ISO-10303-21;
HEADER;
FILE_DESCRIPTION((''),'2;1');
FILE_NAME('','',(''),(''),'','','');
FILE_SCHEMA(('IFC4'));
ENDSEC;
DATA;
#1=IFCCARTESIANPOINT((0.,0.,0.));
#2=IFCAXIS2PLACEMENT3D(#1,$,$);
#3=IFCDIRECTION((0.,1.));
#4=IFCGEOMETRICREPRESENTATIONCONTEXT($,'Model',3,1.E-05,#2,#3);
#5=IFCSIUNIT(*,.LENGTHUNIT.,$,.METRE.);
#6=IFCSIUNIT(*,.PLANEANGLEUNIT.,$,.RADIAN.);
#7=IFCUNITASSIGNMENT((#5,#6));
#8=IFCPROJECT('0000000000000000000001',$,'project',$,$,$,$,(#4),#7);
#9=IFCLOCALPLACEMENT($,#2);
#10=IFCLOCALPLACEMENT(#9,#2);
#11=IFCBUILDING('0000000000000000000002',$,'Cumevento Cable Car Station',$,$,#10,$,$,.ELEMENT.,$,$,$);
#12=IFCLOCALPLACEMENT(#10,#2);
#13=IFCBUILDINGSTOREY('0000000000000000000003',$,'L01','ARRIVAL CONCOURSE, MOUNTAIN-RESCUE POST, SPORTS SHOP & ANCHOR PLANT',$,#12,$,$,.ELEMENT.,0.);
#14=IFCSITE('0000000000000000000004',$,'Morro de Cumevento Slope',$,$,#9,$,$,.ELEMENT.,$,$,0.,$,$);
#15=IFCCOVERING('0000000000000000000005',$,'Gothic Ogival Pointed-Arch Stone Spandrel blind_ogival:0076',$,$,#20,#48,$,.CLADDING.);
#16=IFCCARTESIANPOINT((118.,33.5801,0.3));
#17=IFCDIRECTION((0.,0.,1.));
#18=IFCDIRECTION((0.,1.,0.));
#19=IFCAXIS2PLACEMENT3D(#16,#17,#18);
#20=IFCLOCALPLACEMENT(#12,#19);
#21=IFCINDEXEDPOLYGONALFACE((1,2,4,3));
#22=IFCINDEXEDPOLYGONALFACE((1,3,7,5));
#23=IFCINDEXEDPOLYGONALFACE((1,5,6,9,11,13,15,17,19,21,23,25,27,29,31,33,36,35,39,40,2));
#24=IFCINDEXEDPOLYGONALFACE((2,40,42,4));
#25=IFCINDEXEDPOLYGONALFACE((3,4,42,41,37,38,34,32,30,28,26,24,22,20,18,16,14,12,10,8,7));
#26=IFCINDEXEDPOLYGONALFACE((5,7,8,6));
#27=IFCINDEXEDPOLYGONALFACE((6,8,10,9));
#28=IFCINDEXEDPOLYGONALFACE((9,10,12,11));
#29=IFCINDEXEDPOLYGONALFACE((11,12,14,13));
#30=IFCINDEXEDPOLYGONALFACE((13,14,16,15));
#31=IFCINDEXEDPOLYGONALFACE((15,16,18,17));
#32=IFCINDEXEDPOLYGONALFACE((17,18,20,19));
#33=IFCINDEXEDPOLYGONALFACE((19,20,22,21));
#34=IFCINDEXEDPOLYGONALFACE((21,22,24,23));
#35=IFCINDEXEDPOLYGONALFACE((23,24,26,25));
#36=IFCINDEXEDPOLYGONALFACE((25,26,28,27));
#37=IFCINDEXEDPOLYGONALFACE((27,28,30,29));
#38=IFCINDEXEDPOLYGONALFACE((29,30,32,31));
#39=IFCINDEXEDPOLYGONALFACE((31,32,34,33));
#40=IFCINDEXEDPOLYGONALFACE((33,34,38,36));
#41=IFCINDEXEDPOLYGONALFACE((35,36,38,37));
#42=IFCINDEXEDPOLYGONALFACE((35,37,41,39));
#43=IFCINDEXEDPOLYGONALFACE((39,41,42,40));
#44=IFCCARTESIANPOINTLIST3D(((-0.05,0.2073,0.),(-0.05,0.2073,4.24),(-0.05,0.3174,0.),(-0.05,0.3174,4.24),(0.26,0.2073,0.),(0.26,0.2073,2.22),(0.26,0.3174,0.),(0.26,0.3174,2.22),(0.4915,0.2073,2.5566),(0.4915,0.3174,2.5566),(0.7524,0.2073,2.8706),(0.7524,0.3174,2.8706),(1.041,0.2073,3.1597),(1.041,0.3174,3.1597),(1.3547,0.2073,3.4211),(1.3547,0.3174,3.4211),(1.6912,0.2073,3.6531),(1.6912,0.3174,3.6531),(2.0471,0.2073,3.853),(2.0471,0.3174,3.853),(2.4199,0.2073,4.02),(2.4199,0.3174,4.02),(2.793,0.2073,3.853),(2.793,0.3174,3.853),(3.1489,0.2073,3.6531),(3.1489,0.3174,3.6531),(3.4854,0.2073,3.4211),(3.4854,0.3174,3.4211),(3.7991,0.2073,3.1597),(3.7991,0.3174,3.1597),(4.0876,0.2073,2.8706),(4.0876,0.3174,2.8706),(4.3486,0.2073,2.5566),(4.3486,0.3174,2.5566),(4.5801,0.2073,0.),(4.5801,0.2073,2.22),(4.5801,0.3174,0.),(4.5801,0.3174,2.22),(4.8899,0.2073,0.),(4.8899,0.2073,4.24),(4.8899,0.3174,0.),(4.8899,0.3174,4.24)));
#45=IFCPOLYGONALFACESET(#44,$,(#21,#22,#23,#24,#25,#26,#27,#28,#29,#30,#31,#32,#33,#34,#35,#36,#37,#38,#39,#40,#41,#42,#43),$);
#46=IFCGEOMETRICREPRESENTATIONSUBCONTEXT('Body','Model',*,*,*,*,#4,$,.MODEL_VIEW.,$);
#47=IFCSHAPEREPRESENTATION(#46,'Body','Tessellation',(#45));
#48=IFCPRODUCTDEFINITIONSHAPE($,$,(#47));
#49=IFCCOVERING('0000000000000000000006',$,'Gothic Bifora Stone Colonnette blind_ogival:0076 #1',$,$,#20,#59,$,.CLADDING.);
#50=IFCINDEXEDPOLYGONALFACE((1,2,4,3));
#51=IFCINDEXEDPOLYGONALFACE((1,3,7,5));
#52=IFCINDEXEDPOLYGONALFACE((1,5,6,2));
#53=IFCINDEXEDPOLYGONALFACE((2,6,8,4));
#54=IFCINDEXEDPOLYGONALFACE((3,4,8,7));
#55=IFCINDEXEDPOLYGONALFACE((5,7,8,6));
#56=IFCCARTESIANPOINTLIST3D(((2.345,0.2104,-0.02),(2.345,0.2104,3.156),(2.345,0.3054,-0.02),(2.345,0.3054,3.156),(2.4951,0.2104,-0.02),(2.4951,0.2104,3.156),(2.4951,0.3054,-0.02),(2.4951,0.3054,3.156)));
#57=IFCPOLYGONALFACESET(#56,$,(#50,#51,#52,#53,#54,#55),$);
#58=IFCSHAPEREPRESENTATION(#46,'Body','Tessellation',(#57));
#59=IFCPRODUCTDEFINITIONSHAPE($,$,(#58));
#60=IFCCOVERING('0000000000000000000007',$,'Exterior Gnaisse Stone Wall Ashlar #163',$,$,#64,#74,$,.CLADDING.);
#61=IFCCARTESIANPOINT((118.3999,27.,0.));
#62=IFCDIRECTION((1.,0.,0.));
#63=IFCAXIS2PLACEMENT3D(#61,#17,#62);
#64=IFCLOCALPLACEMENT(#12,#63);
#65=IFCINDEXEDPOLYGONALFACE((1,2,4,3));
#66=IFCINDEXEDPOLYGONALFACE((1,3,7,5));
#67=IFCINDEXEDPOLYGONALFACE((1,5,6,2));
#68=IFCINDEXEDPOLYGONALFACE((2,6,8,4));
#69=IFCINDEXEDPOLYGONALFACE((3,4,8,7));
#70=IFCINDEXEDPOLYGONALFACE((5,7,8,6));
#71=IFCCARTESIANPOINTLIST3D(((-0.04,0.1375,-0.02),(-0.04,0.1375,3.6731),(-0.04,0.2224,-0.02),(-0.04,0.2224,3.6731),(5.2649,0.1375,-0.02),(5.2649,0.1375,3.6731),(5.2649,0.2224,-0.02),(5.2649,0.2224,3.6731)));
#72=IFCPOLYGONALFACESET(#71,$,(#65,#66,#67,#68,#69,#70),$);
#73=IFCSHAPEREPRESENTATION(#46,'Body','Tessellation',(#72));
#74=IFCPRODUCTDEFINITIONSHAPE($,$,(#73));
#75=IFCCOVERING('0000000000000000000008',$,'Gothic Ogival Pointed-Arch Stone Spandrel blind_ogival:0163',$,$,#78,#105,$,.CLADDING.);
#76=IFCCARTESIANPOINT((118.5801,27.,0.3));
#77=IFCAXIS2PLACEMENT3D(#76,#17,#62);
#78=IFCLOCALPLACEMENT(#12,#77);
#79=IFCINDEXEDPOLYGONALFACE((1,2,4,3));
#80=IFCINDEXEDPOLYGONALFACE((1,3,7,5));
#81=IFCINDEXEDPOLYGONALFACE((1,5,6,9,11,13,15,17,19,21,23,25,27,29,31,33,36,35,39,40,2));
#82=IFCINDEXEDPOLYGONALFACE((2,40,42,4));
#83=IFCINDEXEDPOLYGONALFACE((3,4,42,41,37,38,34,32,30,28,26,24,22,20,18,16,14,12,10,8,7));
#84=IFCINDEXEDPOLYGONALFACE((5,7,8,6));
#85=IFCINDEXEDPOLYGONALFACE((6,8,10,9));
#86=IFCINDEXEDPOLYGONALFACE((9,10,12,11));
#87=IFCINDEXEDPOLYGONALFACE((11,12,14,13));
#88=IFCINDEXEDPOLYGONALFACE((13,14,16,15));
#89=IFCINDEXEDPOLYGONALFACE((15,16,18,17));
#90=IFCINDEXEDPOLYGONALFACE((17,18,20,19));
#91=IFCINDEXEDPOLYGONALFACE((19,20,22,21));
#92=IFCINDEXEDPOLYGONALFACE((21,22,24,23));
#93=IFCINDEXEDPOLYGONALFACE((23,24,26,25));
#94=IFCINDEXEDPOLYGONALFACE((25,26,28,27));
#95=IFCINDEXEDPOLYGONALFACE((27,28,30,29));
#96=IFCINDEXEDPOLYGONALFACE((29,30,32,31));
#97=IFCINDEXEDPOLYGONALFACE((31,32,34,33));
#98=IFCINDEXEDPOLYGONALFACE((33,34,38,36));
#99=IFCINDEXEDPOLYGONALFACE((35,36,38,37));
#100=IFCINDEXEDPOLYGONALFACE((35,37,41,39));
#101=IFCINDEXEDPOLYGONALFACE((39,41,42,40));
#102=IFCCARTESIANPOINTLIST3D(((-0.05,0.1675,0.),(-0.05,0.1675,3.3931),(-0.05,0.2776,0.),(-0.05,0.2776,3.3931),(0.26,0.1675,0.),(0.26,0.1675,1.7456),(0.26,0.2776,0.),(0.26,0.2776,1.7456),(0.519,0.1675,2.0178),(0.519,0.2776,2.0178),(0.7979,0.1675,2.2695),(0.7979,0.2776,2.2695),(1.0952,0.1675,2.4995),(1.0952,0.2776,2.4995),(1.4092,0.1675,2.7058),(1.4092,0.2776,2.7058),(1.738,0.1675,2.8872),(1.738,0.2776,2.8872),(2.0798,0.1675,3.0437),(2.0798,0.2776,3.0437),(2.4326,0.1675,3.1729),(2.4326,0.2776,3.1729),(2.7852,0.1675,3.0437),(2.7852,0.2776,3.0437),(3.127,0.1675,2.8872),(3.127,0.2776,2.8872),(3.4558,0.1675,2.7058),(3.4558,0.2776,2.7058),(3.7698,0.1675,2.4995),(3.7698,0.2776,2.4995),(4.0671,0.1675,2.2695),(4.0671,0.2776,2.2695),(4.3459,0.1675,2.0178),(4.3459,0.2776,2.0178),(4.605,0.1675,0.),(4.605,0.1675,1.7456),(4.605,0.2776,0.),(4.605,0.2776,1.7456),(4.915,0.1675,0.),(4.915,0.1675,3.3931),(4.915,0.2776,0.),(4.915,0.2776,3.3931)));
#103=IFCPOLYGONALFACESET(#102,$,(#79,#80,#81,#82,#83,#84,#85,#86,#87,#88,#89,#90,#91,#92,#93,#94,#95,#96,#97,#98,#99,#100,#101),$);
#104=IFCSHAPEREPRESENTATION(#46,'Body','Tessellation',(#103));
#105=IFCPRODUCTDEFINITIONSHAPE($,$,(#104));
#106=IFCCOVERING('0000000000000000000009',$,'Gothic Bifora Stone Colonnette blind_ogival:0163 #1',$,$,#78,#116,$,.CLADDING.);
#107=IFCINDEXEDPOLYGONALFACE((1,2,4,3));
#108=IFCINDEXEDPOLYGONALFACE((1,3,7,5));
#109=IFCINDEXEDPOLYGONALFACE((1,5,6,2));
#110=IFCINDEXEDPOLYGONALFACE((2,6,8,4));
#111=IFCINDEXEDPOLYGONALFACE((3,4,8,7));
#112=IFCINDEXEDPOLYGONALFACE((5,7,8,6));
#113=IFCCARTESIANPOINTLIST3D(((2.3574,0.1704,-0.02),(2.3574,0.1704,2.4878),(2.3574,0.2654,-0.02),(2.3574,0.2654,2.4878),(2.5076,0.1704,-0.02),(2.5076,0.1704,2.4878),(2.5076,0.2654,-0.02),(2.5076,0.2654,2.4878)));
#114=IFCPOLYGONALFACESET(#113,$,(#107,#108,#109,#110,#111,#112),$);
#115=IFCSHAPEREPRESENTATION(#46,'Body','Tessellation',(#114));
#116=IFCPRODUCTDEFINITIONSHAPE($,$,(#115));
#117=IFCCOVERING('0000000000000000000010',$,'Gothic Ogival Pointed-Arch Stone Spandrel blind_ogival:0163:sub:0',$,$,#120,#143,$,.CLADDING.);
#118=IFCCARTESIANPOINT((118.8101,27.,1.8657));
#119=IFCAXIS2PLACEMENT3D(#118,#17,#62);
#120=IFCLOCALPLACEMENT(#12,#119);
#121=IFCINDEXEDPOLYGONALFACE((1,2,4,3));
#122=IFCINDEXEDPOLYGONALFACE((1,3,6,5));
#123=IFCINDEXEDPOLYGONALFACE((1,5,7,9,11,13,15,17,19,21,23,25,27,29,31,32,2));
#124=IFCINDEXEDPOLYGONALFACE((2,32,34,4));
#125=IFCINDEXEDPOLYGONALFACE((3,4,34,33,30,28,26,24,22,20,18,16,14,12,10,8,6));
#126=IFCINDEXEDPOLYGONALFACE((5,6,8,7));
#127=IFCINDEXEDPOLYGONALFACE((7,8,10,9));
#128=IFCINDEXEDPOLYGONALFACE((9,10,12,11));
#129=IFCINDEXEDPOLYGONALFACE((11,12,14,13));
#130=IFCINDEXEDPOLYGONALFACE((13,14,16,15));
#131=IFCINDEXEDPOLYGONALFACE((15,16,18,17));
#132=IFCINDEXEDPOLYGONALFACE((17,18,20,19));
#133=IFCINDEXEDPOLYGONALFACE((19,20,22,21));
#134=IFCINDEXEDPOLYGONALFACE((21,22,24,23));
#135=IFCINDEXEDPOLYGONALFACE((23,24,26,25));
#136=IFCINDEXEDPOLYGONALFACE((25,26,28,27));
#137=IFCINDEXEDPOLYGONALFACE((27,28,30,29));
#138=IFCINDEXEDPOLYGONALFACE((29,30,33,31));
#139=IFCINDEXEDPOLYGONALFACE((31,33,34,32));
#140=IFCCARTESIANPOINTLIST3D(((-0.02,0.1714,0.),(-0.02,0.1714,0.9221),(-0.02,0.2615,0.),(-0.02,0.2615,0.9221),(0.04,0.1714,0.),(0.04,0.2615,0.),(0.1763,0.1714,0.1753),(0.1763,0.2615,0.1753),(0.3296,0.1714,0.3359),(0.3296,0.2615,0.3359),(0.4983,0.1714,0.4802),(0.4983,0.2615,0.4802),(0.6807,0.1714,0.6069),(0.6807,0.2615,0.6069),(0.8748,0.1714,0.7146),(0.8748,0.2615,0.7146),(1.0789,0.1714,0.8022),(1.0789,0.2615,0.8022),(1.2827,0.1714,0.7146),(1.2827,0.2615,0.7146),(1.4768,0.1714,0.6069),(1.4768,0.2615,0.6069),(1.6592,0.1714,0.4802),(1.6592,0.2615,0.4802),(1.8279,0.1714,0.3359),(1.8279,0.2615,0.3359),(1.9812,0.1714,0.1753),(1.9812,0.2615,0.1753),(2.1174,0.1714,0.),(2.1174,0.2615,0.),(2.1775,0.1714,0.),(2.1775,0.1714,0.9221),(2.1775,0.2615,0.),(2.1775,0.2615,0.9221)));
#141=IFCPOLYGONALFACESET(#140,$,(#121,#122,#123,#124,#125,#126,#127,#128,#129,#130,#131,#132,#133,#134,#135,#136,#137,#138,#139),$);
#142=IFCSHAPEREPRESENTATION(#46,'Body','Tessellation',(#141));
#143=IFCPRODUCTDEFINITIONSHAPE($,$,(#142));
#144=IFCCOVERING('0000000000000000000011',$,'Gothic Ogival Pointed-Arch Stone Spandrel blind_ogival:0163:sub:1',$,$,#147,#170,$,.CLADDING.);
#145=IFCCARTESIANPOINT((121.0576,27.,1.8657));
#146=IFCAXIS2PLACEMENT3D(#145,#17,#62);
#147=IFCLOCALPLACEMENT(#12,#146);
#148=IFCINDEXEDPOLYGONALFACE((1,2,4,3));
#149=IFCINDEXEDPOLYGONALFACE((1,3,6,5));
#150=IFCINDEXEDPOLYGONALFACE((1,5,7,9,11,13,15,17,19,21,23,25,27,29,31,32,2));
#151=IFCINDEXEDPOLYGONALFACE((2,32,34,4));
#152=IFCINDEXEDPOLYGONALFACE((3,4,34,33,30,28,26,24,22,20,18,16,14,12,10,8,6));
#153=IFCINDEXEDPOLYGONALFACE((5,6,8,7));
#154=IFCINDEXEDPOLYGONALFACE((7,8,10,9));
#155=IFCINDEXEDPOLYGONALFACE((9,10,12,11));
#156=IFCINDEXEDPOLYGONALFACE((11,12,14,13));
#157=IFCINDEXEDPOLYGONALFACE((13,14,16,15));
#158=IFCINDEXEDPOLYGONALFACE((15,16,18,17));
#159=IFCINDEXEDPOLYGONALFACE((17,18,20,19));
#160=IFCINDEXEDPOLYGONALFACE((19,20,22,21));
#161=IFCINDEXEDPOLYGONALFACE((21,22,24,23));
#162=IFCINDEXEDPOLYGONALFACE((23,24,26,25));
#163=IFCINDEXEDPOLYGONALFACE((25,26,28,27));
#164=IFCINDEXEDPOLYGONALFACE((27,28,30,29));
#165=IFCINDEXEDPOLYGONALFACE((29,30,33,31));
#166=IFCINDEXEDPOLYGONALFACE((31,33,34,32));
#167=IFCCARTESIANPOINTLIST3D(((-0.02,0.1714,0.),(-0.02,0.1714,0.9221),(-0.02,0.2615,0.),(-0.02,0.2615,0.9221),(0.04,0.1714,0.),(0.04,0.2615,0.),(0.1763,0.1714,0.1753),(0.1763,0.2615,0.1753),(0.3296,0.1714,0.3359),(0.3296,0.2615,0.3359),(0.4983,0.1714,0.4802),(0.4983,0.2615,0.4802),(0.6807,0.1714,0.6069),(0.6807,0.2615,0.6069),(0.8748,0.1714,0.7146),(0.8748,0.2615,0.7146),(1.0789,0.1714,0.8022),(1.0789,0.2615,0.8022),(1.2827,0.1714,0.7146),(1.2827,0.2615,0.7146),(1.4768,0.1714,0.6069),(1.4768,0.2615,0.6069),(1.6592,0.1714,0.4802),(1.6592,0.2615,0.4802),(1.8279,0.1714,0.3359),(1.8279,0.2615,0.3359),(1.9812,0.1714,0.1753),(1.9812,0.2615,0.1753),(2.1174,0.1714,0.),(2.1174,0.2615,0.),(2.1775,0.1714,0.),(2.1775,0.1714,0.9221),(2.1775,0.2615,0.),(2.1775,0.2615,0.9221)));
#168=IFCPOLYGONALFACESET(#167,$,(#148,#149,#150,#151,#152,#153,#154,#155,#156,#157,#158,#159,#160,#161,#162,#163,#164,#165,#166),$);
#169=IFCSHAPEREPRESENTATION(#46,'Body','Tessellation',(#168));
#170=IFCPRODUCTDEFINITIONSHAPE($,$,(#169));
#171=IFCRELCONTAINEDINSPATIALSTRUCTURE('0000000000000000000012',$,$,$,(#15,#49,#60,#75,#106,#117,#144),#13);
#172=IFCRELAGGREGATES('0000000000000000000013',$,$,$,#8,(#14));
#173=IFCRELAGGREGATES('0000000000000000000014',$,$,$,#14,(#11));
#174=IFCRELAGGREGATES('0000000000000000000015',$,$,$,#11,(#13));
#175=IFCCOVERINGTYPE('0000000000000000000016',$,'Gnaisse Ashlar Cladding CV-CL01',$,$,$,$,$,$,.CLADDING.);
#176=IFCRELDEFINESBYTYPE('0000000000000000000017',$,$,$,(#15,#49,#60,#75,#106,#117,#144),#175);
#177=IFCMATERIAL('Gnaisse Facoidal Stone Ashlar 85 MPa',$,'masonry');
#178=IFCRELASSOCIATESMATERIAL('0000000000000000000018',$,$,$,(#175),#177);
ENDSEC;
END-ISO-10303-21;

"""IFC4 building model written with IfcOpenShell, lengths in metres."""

from ifc_helpers import new_model, si_unit, direction, frame, origin, place, context, subcontext, project, spatial, polyline, outline, extrude, material, type_object, element, save


model = new_model("IFC4")

# Units and contexts
model_context = context("Model", 3, precision=1e-05, world=origin(), true_north=direction((0.0, 1.0)))
body_context = subcontext(model_context, "Body", "Model", "MODEL_VIEW")
ifc_project = project(units=[si_unit("LENGTHUNIT", "METRE"), si_unit("PLANEANGLEUNIT", "RADIAN")], contexts=[model_context])

# Site, building, storey
site_placement = place(None, origin())
site = spatial("IfcSite", under=ifc_project, at=site_placement, Name="Morro de Cumevento Slope", CompositionType="ELEMENT", RefElevation=0.0)
building_placement = place(site_placement, origin())
building = spatial("IfcBuilding", under=site, at=building_placement, Name="Cumevento Cable Car Station", CompositionType="ELEMENT")
storey_placement = place(building_placement, origin())
storey = spatial("IfcBuildingStorey", under=building, at=storey_placement, Name="L01", Description="ARRIVAL CONCOURSE, MOUNTAIN-RESCUE POST, SPORTS SHOP & ANCHOR PLANT", CompositionType="ELEMENT", Elevation=0.0)

# Coverings
ifc_material_1 = material(Name="Gnaisse Facoidal Stone Ashlar 85 MPa", Category="masonry")
covering_type = type_object("IfcCoveringType", Name="Gnaisse Ashlar Cladding CV-CL01", PredefinedType="CLADDING", material=ifc_material_1)
placement_1 = place(storey_placement, frame((118.0, 33.5801, 0.3), z_axis=(0.0, 0.0, 1.0), x_axis=(0.0, 1.0, 0.0)))
element("IfcCovering", 1, at=placement_1, inside=storey, type_object=covering_type, Name="Gothic Ogival Pointed-Arch Stone Spandrel blind_ogival:0076", PredefinedType="CLADDING", context=body_context, shape_type="SweptSolid", body=[
    extrude(outline(polyline([(-0.05, 0.0), (-0.05, 4.24), (4.8899, 4.24), (4.8899, 0.0), (4.5801, 0.0), (4.5801, 2.22), (4.3486, 2.5566), (4.0876, 2.8706), (3.7991, 3.1597), (3.4854, 3.4211), (3.1489, 3.6531), (2.793, 3.853), (2.4199, 4.02), (2.0471, 3.853), (1.6912, 3.6531), (1.3547, 3.4211), (1.041, 3.1597), (0.7524, 2.8706), (0.4915, 2.5566), (0.26, 2.22), (0.26, 0.0), (-0.05, 0.0)])), frame((0.0, 0.3174, 0.0), z_axis=(0.0, -1.0, 0.0), x_axis=(1.0, 0.0, 0.0)), (0.0, 0.0, 1.0), 0.1101),
])
element("IfcCovering", 2, at=placement_1, inside=storey, type_object=covering_type, Name="Gothic Bifora Stone Colonnette blind_ogival:0076 #1", PredefinedType="CLADDING", context=body_context, shape_type="SweptSolid", body=[
    extrude(outline(polyline([(2.345, -0.02), (2.4951, -0.02), (2.4951, 3.156), (2.345, 3.156), (2.345, -0.02)])), frame((0.0, 0.3054, 0.0), z_axis=(0.0, -1.0, 0.0), x_axis=(1.0, 0.0, 0.0)), (0.0, 0.0, 1.0), 0.095),
])
covering_1_placement = place(storey_placement, frame((118.3999, 27.0, 0.0), z_axis=(0.0, 0.0, 1.0), x_axis=(1.0, 0.0, 0.0)))
element("IfcCovering", 3, at=covering_1_placement, inside=storey, type_object=covering_type, Name="Exterior Gnaisse Stone Wall Ashlar #163", PredefinedType="CLADDING", context=body_context, shape_type="SweptSolid", body=[
    extrude(outline(polyline([(-0.04, -0.02), (5.2649, -0.02), (5.2649, 3.6731), (-0.04, 3.6731), (-0.04, -0.02)])), frame((0.0, 0.2224, 0.0), z_axis=(0.0, -1.0, 0.0), x_axis=(1.0, 0.0, 0.0)), (0.0, 0.0, 1.0), 0.085),
])
placement_2 = place(storey_placement, frame((118.5801, 27.0, 0.3), z_axis=(0.0, 0.0, 1.0), x_axis=(1.0, 0.0, 0.0)))
element("IfcCovering", 4, at=placement_2, inside=storey, type_object=covering_type, Name="Gothic Ogival Pointed-Arch Stone Spandrel blind_ogival:0163", PredefinedType="CLADDING", context=body_context, shape_type="SweptSolid", body=[
    extrude(outline(polyline([(-0.05, 0.0), (-0.05, 3.3931), (4.915, 3.3931), (4.915, 0.0), (4.605, 0.0), (4.605, 1.7456), (4.3459, 2.0178), (4.0671, 2.2695), (3.7698, 2.4995), (3.4558, 2.7058), (3.127, 2.8872), (2.7852, 3.0437), (2.4326, 3.1729), (2.0798, 3.0437), (1.738, 2.8872), (1.4092, 2.7058), (1.0952, 2.4995), (0.7979, 2.2695), (0.519, 2.0178), (0.26, 1.7456), (0.26, 0.0), (-0.05, 0.0)])), frame((0.0, 0.2776, 0.0), z_axis=(0.0, -1.0, 0.0), x_axis=(1.0, 0.0, 0.0)), (0.0, 0.0, 1.0), 0.1101),
])
element("IfcCovering", 5, at=placement_2, inside=storey, type_object=covering_type, Name="Gothic Bifora Stone Colonnette blind_ogival:0163 #1", PredefinedType="CLADDING", context=body_context, shape_type="SweptSolid", body=[
    extrude(outline(polyline([(2.3574, -0.02), (2.5076, -0.02), (2.5076, 2.4878), (2.3574, 2.4878), (2.3574, -0.02)])), frame((0.0, 0.2654, 0.0), z_axis=(0.0, -1.0, 0.0), x_axis=(1.0, 0.0, 0.0)), (0.0, 0.0, 1.0), 0.095),
])
for number, where, z_axis, x_axis, name in (
    (6, (118.8101, 27.0, 1.8657), (0.0, 0.0, 1.0), (1.0, 0.0, 0.0), "Gothic Ogival Pointed-Arch Stone Spandrel blind_ogival:0163:sub:0"),
    (7, (121.0576, 27.0, 1.8657), (0.0, 0.0, 1.0), (1.0, 0.0, 0.0), "Gothic Ogival Pointed-Arch Stone Spandrel blind_ogival:0163:sub:1"),
):
    element("IfcCovering", number, at=place(storey_placement, frame(where, z_axis=z_axis, x_axis=x_axis)), inside=storey, type_object=covering_type, Name=name, PredefinedType="CLADDING", context=body_context, shape_type="SweptSolid", body=[
        extrude(outline(polyline([(-0.02, 0.0), (-0.02, 0.9221), (2.1775, 0.9221), (2.1775, 0.0), (2.1174, 0.0), (1.9812, 0.1753), (1.8279, 0.3359), (1.6592, 0.4802), (1.4768, 0.6069), (1.2827, 0.7146), (1.0789, 0.8022), (0.8748, 0.7146), (0.6807, 0.6069), (0.4983, 0.4802), (0.3296, 0.3359), (0.1763, 0.1753), (0.04, 0.0), (-0.02, 0.0)])), frame((0.0, 0.2615, 0.0), z_axis=(0.0, -1.0, 0.0), x_axis=(1.0, 0.0, 0.0)), (0.0, 0.0, 1.0), 0.0901),
    ])

save(model, "model.ifc")
